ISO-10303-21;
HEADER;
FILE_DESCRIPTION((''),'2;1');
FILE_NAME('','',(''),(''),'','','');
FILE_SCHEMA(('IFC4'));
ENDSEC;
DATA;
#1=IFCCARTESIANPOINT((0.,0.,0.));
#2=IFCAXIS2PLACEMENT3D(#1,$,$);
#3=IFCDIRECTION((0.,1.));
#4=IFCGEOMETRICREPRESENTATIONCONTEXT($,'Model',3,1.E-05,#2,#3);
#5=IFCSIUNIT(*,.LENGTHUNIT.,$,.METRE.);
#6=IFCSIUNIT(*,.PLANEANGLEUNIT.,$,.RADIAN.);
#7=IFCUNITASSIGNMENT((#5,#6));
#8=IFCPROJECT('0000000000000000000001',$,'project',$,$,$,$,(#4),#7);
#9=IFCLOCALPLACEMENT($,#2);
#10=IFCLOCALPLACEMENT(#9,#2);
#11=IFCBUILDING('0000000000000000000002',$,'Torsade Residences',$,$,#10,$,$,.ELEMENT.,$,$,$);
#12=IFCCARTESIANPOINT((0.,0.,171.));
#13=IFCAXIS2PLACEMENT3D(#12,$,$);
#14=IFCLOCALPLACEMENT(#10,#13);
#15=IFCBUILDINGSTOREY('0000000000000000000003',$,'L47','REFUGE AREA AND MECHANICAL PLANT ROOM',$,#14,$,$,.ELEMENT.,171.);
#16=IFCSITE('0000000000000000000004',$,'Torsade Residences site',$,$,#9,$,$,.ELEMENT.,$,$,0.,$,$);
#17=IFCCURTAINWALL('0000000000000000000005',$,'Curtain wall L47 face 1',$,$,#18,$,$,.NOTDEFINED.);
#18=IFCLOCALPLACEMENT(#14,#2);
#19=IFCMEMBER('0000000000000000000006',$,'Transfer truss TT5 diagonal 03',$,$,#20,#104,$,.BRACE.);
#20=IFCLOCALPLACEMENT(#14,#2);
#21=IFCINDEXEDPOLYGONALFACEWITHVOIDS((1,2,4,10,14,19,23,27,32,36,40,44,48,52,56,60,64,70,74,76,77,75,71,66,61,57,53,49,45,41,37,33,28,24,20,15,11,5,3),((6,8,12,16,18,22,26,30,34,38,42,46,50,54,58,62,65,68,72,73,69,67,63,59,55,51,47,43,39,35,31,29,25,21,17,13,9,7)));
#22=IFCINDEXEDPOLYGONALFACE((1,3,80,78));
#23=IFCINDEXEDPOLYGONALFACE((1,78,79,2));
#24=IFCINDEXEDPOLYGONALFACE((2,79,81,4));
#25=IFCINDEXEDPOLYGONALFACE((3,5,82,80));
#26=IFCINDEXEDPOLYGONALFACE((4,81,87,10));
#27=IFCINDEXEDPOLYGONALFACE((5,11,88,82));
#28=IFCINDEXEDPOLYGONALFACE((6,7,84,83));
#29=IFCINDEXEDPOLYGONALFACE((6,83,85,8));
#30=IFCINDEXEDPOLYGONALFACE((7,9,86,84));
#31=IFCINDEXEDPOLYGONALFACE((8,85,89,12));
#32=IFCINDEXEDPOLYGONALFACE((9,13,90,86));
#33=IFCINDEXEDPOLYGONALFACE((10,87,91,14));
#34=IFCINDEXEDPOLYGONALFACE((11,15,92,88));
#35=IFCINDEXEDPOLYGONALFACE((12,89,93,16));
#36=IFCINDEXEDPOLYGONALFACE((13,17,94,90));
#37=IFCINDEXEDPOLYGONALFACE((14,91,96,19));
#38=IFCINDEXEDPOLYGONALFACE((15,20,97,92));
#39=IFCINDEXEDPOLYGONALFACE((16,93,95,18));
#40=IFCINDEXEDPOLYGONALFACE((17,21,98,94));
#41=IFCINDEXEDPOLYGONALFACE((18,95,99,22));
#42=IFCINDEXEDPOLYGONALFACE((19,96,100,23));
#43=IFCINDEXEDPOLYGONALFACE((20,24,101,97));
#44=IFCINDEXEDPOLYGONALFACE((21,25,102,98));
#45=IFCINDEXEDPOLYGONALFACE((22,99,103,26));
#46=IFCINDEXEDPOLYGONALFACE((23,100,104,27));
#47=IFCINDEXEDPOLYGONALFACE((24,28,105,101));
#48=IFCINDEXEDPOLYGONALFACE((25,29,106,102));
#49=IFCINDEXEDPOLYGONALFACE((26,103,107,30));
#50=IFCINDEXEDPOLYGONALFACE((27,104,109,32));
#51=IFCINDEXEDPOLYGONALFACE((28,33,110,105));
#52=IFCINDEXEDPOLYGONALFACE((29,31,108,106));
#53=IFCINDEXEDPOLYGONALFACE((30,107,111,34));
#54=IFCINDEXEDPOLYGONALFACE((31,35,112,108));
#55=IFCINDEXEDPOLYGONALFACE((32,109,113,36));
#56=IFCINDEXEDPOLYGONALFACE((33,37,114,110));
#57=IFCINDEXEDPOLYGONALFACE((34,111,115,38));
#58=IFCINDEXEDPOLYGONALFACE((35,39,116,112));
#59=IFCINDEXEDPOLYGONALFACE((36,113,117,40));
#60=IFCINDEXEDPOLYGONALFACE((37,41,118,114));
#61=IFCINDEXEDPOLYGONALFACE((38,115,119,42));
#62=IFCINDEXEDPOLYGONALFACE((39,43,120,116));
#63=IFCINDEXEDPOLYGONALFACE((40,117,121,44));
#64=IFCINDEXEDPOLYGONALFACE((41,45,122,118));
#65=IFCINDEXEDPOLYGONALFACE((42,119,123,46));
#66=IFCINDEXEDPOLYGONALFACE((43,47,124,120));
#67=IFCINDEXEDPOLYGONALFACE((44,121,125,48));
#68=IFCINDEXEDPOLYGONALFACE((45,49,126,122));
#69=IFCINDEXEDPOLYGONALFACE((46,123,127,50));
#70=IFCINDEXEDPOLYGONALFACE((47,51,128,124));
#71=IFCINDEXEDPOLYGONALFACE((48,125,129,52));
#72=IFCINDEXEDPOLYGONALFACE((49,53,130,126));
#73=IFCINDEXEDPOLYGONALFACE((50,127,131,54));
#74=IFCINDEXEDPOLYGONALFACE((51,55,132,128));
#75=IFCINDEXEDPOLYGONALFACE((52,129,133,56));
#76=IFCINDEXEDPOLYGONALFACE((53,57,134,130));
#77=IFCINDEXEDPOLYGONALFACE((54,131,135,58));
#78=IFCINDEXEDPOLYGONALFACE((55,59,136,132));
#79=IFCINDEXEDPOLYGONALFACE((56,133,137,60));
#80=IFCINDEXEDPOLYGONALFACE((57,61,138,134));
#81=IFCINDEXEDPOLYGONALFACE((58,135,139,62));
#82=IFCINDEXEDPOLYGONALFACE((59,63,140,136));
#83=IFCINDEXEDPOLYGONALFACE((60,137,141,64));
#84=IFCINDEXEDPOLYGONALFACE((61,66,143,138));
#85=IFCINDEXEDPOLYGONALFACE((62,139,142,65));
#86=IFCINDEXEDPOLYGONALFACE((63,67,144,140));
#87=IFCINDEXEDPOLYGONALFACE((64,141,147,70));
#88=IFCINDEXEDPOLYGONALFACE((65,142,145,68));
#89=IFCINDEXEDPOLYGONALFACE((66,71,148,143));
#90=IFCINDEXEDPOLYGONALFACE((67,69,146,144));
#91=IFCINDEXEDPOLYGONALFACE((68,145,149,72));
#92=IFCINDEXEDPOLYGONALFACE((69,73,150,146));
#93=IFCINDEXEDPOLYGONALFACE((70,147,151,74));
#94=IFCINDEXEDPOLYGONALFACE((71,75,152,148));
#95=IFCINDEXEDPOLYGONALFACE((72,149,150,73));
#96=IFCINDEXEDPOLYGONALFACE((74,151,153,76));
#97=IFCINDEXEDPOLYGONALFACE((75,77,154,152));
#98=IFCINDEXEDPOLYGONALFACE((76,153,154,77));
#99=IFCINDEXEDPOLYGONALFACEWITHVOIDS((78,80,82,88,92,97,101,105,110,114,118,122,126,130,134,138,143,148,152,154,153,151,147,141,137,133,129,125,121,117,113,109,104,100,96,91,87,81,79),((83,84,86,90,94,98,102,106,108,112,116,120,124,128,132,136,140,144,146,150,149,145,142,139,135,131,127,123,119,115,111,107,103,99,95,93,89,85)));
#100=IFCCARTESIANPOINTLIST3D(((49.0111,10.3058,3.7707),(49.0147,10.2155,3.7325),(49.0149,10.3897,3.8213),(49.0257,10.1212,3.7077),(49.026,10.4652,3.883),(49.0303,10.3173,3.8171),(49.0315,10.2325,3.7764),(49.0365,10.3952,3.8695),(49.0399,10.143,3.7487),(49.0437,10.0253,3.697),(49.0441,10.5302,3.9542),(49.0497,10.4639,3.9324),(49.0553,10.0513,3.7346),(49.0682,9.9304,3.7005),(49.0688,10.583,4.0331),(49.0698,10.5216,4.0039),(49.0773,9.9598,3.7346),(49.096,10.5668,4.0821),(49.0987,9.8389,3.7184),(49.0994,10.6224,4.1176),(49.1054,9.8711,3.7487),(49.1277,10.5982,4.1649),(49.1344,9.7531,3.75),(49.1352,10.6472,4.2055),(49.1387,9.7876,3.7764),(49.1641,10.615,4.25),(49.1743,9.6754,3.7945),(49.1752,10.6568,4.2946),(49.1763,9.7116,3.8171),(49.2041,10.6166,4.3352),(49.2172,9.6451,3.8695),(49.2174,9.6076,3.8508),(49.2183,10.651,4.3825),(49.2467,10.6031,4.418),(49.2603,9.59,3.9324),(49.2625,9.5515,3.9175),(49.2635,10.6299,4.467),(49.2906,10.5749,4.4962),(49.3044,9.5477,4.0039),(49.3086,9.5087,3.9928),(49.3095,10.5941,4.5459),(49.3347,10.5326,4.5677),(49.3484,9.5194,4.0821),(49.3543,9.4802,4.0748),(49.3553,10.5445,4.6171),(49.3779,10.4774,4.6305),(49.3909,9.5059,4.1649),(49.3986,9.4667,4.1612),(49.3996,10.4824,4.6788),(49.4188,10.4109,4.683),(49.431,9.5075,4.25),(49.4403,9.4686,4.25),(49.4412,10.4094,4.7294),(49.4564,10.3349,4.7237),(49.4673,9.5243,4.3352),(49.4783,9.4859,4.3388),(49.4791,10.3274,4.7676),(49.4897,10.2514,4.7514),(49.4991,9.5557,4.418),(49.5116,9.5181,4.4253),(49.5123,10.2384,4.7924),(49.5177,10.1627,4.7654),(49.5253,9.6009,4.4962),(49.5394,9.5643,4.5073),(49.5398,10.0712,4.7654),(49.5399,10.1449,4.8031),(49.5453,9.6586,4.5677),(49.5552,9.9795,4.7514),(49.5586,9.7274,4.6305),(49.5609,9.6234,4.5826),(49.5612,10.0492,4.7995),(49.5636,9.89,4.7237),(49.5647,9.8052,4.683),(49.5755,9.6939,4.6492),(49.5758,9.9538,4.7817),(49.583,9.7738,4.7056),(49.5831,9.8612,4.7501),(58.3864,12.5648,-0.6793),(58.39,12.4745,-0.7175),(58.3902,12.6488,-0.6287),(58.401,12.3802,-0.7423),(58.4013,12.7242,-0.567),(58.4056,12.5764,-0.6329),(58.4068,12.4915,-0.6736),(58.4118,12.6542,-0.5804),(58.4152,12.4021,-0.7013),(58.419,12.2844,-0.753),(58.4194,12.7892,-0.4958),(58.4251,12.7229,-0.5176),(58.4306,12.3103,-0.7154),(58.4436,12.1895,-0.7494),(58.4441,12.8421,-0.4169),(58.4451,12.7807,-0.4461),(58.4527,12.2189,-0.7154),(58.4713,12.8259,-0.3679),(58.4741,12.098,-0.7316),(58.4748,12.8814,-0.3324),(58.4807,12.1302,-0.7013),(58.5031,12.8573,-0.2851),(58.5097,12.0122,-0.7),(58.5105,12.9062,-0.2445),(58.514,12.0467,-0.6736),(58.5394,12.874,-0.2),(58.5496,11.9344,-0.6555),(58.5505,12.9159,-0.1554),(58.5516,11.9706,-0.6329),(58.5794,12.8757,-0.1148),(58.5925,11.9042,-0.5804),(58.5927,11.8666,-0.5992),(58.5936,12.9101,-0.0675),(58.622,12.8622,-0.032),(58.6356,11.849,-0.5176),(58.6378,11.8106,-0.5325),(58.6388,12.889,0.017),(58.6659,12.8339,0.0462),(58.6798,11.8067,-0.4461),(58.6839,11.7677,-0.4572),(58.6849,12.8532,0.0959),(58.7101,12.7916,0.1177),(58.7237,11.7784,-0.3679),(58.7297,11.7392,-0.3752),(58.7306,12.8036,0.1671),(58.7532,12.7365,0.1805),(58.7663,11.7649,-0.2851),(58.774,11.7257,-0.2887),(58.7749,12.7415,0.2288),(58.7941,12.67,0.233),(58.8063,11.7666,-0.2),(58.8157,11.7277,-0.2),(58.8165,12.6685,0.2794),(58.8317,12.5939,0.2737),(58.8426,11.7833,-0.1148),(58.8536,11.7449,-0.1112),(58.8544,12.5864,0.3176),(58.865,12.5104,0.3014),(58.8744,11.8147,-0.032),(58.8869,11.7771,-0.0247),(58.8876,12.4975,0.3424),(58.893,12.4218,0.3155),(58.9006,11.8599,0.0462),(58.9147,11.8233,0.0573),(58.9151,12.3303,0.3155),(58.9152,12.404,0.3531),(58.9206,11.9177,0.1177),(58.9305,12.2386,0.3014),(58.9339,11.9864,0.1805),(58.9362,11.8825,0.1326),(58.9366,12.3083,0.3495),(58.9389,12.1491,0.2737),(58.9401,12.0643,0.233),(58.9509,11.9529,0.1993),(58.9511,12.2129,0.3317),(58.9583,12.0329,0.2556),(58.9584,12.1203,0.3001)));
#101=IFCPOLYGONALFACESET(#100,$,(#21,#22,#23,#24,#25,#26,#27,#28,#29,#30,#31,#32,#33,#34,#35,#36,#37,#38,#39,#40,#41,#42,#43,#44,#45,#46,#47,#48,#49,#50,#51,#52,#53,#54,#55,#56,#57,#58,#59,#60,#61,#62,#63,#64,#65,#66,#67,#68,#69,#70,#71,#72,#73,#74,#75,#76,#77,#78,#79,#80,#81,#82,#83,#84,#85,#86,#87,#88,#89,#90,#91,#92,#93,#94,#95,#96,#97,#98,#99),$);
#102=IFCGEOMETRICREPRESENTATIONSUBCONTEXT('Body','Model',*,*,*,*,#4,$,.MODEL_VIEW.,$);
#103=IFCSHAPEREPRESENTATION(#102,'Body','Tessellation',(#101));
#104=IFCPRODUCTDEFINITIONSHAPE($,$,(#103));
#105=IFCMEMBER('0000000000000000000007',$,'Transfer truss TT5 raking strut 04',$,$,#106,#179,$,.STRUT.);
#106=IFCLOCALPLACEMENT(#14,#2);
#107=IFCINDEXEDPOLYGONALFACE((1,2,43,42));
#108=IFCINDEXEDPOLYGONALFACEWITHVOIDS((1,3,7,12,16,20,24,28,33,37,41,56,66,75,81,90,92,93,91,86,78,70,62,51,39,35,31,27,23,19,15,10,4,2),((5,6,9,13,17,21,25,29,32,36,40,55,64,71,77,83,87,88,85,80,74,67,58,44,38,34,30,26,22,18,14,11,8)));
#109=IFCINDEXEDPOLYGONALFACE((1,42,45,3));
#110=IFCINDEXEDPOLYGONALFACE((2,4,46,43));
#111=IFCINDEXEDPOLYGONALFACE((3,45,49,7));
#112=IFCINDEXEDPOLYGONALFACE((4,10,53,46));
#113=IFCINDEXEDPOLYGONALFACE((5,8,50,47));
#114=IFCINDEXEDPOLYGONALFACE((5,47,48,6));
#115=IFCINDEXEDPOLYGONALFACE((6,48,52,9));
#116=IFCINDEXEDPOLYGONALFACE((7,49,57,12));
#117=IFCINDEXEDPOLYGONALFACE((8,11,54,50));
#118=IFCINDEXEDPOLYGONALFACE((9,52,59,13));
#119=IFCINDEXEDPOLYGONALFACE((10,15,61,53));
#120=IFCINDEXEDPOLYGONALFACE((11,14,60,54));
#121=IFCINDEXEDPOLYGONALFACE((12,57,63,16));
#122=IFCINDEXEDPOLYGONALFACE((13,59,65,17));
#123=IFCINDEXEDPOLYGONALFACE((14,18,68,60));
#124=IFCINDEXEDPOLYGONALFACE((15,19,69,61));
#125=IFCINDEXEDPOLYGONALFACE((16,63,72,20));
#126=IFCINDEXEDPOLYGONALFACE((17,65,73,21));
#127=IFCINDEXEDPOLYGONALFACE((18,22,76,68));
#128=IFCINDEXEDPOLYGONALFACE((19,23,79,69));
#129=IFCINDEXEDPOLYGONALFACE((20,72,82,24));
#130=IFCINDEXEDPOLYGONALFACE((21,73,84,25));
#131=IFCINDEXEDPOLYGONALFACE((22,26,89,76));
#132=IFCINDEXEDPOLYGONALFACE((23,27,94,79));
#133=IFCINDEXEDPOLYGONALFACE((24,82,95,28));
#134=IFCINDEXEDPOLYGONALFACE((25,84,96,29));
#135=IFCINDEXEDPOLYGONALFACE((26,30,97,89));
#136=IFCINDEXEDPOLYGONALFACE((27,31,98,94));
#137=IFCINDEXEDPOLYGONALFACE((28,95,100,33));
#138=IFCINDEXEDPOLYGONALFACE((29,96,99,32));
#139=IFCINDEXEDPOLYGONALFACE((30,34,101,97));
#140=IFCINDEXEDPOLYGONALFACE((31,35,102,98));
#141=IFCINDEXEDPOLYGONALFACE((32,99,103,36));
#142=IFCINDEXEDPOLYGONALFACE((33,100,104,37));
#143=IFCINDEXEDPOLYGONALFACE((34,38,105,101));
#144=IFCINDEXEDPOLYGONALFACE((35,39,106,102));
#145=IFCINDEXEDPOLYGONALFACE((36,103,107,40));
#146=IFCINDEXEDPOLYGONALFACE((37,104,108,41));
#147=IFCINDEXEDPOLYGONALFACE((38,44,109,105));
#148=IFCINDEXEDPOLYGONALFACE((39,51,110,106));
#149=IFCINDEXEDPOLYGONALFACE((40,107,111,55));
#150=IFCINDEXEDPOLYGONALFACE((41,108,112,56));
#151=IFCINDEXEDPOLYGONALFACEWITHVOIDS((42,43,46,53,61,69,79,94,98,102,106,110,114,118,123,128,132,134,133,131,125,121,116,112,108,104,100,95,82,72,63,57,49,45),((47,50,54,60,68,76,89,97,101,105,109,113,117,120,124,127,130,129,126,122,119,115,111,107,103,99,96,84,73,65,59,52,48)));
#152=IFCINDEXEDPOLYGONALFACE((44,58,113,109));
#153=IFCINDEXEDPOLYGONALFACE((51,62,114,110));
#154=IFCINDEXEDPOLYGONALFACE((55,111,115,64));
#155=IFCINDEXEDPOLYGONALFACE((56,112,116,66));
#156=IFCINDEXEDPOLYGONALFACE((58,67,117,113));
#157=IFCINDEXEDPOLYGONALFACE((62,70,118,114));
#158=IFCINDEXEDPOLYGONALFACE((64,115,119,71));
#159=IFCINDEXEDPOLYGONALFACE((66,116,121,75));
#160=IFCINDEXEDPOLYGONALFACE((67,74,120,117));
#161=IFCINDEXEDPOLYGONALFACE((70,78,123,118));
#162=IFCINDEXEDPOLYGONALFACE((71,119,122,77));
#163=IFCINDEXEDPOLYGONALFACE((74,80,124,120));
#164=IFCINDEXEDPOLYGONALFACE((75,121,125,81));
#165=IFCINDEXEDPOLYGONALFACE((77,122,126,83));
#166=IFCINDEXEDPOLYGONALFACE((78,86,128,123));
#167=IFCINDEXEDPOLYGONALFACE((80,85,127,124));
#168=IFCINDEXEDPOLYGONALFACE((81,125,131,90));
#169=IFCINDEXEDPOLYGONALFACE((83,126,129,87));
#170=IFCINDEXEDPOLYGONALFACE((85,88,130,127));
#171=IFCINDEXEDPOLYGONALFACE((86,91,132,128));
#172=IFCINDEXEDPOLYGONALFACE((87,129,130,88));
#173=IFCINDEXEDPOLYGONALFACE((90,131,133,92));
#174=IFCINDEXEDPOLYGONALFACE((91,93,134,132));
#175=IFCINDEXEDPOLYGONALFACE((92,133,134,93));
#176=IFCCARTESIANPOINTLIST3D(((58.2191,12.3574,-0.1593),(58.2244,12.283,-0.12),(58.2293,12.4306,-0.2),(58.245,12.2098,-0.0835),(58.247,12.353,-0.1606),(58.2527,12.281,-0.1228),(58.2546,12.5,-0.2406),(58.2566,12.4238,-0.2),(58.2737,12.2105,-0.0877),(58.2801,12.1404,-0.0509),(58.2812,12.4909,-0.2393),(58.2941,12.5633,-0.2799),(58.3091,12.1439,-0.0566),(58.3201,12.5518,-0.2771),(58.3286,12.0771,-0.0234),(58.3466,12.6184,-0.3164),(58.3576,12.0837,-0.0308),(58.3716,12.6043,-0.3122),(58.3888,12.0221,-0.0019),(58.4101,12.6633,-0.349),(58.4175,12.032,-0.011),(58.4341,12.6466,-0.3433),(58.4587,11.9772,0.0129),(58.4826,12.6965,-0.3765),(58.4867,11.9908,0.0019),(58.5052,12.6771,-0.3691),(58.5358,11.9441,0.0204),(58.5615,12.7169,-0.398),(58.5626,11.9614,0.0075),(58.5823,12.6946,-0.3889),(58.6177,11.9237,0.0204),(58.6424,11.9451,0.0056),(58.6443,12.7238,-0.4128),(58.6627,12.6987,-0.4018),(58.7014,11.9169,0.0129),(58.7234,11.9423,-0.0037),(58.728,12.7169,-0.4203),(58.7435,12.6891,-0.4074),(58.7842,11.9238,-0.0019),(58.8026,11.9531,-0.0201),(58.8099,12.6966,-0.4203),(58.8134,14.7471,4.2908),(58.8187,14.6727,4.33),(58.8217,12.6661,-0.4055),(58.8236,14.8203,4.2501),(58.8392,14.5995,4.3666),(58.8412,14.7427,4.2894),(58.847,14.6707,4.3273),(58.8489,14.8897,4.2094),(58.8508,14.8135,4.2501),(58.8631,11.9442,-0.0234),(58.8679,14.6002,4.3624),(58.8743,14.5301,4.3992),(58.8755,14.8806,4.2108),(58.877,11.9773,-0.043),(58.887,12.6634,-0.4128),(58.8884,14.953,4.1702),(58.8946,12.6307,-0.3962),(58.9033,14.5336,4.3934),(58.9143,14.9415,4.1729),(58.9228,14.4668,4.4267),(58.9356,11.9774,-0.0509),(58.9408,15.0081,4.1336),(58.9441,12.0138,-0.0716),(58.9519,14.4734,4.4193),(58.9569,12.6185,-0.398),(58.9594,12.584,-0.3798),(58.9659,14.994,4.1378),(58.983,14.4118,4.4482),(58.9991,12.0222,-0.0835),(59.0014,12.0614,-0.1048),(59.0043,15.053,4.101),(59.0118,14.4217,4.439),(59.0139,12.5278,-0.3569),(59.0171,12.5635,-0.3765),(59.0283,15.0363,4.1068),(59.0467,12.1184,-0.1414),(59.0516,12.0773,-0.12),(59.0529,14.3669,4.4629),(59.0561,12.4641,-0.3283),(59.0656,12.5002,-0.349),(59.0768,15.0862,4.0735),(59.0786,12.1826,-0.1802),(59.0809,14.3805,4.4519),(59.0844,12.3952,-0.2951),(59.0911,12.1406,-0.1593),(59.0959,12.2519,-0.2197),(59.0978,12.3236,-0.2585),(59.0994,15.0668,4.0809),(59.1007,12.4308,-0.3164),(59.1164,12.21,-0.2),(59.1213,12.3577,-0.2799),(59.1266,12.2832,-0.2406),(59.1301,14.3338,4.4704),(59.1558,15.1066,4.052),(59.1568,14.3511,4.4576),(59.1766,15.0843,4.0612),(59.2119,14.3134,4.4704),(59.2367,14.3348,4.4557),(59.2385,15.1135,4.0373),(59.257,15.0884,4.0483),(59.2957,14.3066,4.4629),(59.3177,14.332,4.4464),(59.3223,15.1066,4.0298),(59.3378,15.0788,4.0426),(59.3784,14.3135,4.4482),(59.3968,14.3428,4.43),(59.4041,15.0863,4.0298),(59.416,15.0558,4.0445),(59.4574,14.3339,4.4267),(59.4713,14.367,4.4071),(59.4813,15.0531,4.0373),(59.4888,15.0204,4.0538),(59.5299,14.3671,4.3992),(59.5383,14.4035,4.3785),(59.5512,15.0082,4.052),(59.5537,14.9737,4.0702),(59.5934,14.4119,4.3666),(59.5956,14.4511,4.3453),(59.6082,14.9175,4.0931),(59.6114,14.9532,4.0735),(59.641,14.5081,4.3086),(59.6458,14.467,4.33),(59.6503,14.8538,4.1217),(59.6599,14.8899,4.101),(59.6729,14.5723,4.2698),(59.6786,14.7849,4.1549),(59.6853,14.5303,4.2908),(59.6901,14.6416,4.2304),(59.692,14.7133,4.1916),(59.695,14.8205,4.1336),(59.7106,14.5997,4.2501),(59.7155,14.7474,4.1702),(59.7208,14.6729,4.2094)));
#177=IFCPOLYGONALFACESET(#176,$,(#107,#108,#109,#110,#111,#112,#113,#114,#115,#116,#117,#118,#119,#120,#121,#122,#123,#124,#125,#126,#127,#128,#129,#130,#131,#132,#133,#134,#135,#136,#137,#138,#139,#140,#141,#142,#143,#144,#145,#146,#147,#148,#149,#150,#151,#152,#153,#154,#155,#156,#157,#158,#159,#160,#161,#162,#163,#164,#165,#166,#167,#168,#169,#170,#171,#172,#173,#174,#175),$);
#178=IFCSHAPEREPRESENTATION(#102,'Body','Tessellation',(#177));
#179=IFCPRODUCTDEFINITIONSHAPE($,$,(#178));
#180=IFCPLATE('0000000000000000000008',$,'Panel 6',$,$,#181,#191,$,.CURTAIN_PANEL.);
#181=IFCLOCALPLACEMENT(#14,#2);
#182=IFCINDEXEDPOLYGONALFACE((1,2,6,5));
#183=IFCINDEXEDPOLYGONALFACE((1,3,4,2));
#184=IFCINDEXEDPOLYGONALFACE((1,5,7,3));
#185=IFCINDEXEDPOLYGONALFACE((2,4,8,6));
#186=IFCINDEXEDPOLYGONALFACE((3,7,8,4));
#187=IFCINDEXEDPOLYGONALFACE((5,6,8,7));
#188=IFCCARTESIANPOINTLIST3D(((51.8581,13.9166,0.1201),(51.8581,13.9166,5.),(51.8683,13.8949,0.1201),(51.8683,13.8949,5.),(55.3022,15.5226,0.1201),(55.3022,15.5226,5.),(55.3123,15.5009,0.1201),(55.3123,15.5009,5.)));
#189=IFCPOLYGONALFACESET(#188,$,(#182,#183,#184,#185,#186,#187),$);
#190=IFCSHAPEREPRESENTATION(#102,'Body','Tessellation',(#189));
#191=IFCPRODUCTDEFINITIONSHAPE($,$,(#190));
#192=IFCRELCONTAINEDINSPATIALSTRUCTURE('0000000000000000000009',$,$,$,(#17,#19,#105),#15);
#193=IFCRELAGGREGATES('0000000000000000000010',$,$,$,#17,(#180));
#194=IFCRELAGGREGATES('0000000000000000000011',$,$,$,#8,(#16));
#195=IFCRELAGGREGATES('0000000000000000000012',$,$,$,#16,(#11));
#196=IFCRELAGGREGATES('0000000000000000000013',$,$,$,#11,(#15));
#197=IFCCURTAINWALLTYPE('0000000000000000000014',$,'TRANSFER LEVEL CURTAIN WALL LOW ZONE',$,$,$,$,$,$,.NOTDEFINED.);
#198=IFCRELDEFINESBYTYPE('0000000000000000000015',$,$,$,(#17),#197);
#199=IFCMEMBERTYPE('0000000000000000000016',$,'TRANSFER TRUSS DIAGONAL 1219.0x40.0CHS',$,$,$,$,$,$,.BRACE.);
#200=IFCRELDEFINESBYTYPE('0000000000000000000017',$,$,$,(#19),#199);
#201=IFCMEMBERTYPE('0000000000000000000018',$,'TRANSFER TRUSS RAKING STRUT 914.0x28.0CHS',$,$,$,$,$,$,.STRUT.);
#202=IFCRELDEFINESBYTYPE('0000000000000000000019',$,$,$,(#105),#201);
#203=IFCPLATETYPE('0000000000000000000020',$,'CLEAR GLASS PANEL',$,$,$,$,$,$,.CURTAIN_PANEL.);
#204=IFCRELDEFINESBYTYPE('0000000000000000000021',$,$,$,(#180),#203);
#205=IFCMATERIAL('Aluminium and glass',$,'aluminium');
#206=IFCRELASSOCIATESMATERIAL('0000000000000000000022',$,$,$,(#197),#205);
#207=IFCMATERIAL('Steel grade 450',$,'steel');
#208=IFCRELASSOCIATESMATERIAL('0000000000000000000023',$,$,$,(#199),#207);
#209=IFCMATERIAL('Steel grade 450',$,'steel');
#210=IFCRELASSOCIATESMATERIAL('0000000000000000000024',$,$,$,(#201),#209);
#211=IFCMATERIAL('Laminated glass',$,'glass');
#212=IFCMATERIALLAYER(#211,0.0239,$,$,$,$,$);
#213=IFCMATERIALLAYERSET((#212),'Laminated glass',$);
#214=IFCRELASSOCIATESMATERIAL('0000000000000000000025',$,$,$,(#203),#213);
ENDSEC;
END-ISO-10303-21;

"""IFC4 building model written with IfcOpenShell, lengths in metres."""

from ifc_helpers import new_model, si_unit, direction, frame, origin, origin_2d, place, context, subcontext, project, spatial, rectangle, hollow_circle, extrude, material, layer, layer_set, material_profile, profile_set, type_object, element, aggregate, save


model = new_model("IFC4")

# Units and contexts
model_context = context("Model", 3, precision=1e-05, world=origin(), true_north=direction((0.0, 1.0)))
body_context = subcontext(model_context, "Body", "Model", "MODEL_VIEW")
ifc_project = project(units=[si_unit("LENGTHUNIT", "METRE"), si_unit("PLANEANGLEUNIT", "RADIAN")], contexts=[model_context])

# Site, building, storey
site_placement = place(None, origin())
site = spatial("IfcSite", under=ifc_project, at=site_placement, Name="Torsade Residences site", CompositionType="ELEMENT", RefElevation=0.0)
building_placement = place(site_placement, origin())
building = spatial("IfcBuilding", under=site, at=building_placement, Name="Torsade Residences", CompositionType="ELEMENT")
storey_placement = place(building_placement, frame((0.0, 0.0, 171.0)))
storey = spatial("IfcBuildingStorey", under=building, at=storey_placement, Name="L47", Description="REFUGE AREA AND MECHANICAL PLANT ROOM", CompositionType="ELEMENT", Elevation=171.0)

# Curtain wall
ifc_material_1 = material(Name="Aluminium and glass", Category="aluminium")
curtain_wall_type = type_object("IfcCurtainWallType", Name="TRANSFER LEVEL CURTAIN WALL LOW ZONE", PredefinedType="NOTDEFINED", material=ifc_material_1)
curtain_wall_placement = place(storey_placement, origin())
curtain_wall = element("IfcCurtainWall", 1, at=curtain_wall_placement, inside=storey, type_object=curtain_wall_type, Name="Curtain wall L47 face 1", PredefinedType="NOTDEFINED")

# Members
ifc_material_2 = material(Name="Steel grade 450", Category="steel")
ifc_material_profile_1 = material_profile(ifc_material_2, hollow_circle(Radius=0.6096, WallThickness=0.04, at=origin_2d()), Name="1219.0x40.0CHS")
ifc_profile_set_1 = profile_set([ifc_material_profile_1], Name="Steel grade 450")
member_type_1 = type_object("IfcMemberType", Name="TRANSFER TRUSS DIAGONAL 1219.0x40.0CHS", PredefinedType="BRACE", material=ifc_profile_set_1)
member_1_placement = place(storey_placement, frame((58.6729, 12.3203, -0.2), z_axis=(-0.882728, -0.2127, 0.418986), x_axis=(0.234253, -0.972176, 0.0)))
element("IfcMember", 2, at=member_1_placement, inside=storey, type_object=member_type_1, Name="Transfer truss TT5 diagonal 03", PredefinedType="BRACE", context=body_context, shape_type="SweptSolid", body=[
    extrude(hollow_circle(Radius=0.6096, WallThickness=0.04, at=origin_2d()), origin(), (0.0, 0.0, 1.0), 10.6208),
])
ifc_material_3 = material(Name="Steel grade 450", Category="steel")
ifc_material_profile_2 = material_profile(ifc_material_3, hollow_circle(Radius=0.457, WallThickness=0.0281, at=origin_2d()), Name="914.0x28.0CHS")
ifc_profile_set_2 = profile_set([ifc_material_profile_2], Name="Steel grade 450")
member_type_2 = type_object("IfcMemberType", Name="TRANSFER TRUSS RAKING STRUT 914.0x28.0CHS", PredefinedType="STRUT", material=ifc_profile_set_2)
member_2_placement = place(storey_placement, frame((58.6729, 12.3203, -0.2), z_axis=(0.116842, 0.469865, 0.874972), x_axis=(-0.970445, 0.241322, 0.0)))
element("IfcMember", 3, at=member_2_placement, inside=storey, type_object=member_type_2, Name="Transfer truss TT5 raking strut 04", PredefinedType="STRUT", context=body_context, shape_type="SweptSolid", body=[
    extrude(hollow_circle(Radius=0.457, WallThickness=0.0281, at=origin_2d()), origin(), (0.0, 0.0, 1.0), 5.0859),
])

# Plate
ifc_material_4 = material(Name="Laminated glass", Category="glass")
ifc_layer_1 = layer(ifc_material_4, 0.0239)
ifc_layer_set_1 = layer_set([ifc_layer_1], Name="Laminated glass")
plate_type = type_object("IfcPlateType", Name="CLEAR GLASS PANEL", PredefinedType="CURTAIN_PANEL", material=ifc_layer_set_1)
plate_1_placement = place(storey_placement, frame((53.5852, 14.7087, 0.1201), z_axis=(0.0, 0.0, 1.0), x_axis=(0.906308, 0.422618, 0.0)))
plate_1 = element("IfcPlate", 4, at=plate_1_placement, type_object=plate_type, Name="Panel 6", PredefinedType="CURTAIN_PANEL", context=body_context, shape_type="SweptSolid", body=[
    extrude(rectangle(XDim=3.8, YDim=0.0239, at=origin_2d()), origin(), (0.0, 0.0, 1.0), 4.8799),
])
aggregate(curtain_wall, [plate_1])

save(model, "model.ifc")
